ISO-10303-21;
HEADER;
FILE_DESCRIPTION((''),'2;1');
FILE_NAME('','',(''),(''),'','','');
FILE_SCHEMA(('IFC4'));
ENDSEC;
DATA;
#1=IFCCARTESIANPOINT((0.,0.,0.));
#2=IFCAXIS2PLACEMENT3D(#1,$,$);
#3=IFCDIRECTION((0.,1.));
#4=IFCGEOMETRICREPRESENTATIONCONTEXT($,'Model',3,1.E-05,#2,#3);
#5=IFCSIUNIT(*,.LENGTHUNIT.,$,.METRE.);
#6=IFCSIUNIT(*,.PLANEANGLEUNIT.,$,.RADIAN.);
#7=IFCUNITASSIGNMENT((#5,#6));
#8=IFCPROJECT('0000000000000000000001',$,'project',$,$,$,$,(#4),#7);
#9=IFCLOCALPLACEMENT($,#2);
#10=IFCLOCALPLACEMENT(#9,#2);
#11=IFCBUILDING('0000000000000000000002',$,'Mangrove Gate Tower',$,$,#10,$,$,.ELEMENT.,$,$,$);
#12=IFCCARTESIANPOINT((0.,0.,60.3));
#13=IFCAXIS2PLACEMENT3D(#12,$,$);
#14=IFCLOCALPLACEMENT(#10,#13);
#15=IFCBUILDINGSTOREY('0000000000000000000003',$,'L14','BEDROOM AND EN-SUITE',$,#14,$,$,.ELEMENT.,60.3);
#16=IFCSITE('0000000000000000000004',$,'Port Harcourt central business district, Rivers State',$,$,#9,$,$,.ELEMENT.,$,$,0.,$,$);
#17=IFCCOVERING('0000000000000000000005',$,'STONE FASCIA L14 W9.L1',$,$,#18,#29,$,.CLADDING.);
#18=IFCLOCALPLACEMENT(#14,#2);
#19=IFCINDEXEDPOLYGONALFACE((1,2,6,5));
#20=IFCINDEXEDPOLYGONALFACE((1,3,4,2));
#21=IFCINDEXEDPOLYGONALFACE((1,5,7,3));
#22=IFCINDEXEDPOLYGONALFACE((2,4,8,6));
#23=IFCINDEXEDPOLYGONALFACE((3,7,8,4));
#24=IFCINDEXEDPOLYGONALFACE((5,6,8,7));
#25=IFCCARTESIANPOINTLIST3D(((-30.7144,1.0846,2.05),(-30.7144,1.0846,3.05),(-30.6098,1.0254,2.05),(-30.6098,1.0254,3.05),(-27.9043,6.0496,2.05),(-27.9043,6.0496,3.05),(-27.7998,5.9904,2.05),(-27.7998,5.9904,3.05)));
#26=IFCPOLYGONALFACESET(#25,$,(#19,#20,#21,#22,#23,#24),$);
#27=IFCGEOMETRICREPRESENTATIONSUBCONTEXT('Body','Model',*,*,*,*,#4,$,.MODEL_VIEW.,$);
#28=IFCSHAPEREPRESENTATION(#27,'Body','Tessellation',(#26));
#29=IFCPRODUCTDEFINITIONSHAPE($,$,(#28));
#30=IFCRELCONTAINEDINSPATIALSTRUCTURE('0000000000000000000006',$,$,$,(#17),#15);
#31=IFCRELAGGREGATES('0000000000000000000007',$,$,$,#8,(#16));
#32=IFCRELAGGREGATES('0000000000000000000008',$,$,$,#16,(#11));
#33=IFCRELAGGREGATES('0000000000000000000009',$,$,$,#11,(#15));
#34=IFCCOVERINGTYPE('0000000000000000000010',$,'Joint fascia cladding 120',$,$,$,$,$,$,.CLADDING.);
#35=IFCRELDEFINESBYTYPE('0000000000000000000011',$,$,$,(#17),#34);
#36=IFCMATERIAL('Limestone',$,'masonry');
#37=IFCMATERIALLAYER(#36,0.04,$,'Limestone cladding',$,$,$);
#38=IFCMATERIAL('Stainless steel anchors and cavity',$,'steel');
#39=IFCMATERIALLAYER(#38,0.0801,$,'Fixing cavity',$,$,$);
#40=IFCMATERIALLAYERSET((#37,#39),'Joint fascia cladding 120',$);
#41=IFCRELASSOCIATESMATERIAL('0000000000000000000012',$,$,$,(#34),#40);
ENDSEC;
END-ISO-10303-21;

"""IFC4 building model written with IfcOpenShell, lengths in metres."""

from ifc_helpers import new_model, si_unit, direction, frame, frame_2d, origin, place, context, subcontext, project, spatial, rectangle, extrude, material, layer, layer_set, type_object, element, save


model = new_model("IFC4")

# Units and contexts
model_context = context("Model", 3, precision=1e-05, world=origin(), true_north=direction((0.0, 1.0)))
body_context = subcontext(model_context, "Body", "Model", "MODEL_VIEW")
ifc_project = project(units=[si_unit("LENGTHUNIT", "METRE"), si_unit("PLANEANGLEUNIT", "RADIAN")], contexts=[model_context])

# Site, building, storey
site_placement = place(None, origin())
site = spatial("IfcSite", under=ifc_project, at=site_placement, Name="Port Harcourt central business district, Rivers State", CompositionType="ELEMENT", RefElevation=0.0)
building_placement = place(site_placement, origin())
building = spatial("IfcBuilding", under=site, at=building_placement, Name="Mangrove Gate Tower", CompositionType="ELEMENT")
storey_placement = place(building_placement, frame((0.0, 0.0, 60.3)))
storey = spatial("IfcBuildingStorey", under=building, at=storey_placement, Name="L14", Description="BEDROOM AND EN-SUITE", CompositionType="ELEMENT", Elevation=60.3)

# Shared definitions
ifc_material_1 = material(Name="Limestone", Category="masonry")

# Covering
ifc_layer_1 = layer(ifc_material_1, 0.04, Name="Limestone cladding")
ifc_material_2 = material(Name="Stainless steel anchors and cavity", Category="steel")
ifc_layer_2 = layer(ifc_material_2, 0.0801, Name="Fixing cavity")
ifc_layer_set_1 = layer_set([ifc_layer_1, ifc_layer_2], Name="Joint fascia cladding 120")
covering_type = type_object("IfcCoveringType", Name="Joint fascia cladding 120", PredefinedType="CLADDING", material=ifc_layer_set_1)
covering_placement = place(storey_placement, frame((-27.8521, 6.02, 2.05), z_axis=(0.0, 0.0, 1.0), x_axis=(-0.492549, -0.870285, 0.0)))
element("IfcCovering", 1, at=covering_placement, inside=storey, type_object=covering_type, Name="STONE FASCIA L14 W9.L1", PredefinedType="CLADDING", context=body_context, shape_type="SweptSolid", body=[
    extrude(rectangle(XDim=5.7051, YDim=0.1201, at=frame_2d((2.8525, 0.0))), origin(), (0.0, 0.0, 1.0), 1.0),
])

save(model, "model.ifc")
